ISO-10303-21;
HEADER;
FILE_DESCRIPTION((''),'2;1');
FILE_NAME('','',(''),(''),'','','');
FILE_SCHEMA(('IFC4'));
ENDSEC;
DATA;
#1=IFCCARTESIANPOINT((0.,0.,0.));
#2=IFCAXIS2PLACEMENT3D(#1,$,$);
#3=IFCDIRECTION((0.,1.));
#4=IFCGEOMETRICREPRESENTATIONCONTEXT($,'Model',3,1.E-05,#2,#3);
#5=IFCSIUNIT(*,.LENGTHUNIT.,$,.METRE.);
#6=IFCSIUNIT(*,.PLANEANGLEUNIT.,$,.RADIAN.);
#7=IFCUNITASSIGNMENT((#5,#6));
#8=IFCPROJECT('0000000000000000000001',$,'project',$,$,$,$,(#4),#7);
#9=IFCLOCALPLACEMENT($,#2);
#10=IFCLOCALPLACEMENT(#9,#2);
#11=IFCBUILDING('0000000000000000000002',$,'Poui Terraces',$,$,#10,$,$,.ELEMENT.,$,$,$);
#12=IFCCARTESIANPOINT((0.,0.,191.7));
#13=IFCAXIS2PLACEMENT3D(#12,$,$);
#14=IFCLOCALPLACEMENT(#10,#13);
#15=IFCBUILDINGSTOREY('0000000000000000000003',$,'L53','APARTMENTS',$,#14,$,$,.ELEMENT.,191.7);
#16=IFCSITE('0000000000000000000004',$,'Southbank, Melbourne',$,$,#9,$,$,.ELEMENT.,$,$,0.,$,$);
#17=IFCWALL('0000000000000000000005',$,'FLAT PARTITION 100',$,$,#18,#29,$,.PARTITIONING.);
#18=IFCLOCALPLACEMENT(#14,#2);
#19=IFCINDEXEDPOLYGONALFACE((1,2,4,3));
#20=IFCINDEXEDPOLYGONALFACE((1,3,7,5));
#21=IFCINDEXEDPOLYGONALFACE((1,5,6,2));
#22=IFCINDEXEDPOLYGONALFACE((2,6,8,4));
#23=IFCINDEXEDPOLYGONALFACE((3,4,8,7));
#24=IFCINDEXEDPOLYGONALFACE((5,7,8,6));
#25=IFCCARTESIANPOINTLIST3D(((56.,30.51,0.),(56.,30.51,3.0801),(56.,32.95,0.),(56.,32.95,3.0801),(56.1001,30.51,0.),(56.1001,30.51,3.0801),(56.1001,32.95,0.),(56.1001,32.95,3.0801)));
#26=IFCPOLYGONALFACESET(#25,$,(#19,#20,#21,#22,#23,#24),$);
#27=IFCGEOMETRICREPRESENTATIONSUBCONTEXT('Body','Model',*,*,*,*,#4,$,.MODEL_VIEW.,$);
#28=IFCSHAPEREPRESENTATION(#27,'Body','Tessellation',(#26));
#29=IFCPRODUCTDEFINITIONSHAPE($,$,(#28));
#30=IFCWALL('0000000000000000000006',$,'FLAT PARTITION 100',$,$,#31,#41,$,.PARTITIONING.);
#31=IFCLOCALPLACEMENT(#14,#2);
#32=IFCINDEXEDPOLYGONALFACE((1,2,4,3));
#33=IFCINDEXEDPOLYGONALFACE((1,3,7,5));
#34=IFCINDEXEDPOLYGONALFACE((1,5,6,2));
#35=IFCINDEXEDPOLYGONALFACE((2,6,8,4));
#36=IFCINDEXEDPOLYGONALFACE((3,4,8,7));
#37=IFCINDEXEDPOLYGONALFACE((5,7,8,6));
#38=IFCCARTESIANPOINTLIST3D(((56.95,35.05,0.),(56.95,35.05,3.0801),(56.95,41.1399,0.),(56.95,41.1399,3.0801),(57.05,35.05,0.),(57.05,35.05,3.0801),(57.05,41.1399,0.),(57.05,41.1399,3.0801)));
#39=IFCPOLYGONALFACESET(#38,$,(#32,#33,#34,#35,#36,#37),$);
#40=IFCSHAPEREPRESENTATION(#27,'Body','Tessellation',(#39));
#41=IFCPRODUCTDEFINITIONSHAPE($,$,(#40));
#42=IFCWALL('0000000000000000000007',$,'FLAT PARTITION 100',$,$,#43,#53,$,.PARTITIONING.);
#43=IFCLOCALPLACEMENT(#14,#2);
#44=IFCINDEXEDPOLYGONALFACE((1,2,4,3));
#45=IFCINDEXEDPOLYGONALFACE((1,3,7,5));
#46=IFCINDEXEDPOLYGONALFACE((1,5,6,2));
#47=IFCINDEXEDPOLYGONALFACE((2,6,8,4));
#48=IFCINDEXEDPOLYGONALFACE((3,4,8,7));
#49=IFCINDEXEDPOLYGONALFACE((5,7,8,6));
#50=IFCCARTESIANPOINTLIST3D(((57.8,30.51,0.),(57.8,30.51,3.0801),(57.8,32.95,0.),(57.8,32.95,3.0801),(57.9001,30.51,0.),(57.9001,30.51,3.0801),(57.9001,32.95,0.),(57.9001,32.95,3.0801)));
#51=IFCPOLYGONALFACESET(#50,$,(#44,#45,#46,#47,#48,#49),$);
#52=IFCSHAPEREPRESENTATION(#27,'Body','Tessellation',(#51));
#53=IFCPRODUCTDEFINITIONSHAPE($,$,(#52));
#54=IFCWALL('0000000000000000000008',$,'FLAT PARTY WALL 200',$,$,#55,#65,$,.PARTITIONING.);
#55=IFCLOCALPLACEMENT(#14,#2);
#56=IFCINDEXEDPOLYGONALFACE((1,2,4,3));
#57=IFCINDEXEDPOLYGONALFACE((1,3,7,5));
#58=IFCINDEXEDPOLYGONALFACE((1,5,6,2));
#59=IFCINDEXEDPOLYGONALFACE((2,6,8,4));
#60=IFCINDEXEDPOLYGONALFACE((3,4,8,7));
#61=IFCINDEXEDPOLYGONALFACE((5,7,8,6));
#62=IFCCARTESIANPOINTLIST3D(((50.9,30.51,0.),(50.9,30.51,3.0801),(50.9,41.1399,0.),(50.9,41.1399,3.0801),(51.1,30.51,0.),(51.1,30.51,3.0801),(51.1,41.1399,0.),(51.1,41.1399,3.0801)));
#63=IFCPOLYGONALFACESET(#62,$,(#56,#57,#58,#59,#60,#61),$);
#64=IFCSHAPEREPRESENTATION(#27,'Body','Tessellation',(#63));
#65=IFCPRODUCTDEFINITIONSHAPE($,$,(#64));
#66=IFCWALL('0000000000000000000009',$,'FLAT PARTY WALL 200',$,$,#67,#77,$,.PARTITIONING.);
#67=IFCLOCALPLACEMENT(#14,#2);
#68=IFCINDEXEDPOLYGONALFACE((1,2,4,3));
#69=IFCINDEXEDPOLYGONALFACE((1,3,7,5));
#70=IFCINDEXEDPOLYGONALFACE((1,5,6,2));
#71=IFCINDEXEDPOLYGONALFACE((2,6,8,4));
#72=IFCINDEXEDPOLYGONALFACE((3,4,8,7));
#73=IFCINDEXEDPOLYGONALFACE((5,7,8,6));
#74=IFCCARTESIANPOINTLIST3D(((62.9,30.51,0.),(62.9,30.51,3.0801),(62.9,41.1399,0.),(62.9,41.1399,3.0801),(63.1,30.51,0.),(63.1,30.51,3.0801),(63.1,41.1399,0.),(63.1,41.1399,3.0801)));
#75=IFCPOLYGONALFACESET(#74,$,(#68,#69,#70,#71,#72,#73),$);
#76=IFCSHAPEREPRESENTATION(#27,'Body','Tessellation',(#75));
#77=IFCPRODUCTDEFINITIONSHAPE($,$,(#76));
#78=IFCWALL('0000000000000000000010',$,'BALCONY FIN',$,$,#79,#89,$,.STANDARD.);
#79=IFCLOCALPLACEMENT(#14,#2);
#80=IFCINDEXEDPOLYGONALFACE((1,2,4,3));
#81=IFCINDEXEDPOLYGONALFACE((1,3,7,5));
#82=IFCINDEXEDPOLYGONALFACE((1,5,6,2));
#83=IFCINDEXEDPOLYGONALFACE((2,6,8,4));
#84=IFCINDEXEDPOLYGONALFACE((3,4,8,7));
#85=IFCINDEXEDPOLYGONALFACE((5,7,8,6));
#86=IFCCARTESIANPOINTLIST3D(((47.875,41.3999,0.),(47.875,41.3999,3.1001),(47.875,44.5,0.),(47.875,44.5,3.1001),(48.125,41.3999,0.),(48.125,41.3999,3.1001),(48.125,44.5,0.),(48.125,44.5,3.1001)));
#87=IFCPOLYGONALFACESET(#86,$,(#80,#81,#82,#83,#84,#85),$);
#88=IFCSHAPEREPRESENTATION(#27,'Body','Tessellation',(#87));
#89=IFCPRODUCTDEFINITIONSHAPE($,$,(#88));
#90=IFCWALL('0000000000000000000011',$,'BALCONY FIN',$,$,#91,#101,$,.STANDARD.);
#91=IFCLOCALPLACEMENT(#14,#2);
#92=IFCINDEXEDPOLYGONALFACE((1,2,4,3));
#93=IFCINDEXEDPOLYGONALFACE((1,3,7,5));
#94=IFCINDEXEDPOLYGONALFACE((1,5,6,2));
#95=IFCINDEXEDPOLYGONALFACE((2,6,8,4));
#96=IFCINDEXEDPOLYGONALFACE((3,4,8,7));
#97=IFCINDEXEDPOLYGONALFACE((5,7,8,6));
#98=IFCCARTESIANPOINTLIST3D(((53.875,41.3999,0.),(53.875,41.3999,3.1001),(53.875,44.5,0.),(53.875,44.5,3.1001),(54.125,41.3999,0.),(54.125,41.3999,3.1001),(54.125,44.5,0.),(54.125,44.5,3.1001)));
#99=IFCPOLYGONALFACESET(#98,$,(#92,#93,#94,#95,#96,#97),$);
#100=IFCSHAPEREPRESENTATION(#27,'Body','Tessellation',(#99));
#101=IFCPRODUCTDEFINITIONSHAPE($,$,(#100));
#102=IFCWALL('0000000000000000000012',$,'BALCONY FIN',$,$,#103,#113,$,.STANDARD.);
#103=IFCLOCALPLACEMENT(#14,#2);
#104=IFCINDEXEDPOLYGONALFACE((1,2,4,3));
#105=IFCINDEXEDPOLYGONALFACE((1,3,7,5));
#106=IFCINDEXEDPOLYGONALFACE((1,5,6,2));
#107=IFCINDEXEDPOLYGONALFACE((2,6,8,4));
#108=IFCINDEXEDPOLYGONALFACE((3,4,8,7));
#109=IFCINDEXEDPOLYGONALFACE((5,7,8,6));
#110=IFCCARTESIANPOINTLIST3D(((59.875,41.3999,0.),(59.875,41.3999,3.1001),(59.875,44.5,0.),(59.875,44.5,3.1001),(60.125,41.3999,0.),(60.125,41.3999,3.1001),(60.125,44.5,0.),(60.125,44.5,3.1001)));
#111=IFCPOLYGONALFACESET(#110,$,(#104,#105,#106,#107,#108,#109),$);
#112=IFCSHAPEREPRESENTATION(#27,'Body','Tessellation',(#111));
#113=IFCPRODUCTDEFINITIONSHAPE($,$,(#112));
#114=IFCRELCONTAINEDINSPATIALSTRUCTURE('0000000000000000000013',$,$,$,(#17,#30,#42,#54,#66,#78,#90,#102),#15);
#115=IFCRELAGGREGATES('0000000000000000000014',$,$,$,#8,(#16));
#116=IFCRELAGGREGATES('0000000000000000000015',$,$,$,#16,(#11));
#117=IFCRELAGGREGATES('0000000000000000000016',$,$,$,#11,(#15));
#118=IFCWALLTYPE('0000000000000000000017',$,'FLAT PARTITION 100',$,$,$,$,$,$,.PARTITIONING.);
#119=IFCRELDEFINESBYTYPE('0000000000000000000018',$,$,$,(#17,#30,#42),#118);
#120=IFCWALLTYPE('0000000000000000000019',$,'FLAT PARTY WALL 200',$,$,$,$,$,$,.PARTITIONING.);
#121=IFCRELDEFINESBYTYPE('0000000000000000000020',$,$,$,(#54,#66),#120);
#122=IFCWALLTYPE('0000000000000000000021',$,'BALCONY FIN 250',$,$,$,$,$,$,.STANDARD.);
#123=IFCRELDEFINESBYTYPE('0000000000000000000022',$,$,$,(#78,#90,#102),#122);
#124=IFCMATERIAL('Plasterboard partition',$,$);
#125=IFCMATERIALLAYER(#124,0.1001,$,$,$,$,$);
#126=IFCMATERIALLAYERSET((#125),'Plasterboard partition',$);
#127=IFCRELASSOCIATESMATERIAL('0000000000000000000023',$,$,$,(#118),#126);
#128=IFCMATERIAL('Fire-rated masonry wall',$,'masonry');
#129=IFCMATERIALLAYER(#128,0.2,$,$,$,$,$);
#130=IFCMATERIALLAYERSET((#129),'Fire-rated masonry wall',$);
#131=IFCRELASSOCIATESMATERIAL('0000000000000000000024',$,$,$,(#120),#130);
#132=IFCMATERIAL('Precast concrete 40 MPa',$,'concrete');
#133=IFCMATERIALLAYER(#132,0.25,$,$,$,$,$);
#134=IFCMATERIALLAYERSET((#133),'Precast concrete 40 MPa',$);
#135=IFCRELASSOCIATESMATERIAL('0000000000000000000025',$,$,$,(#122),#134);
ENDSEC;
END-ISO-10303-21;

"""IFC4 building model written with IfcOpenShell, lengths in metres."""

from ifc_helpers import new_model, si_unit, direction, frame, frame_2d, origin, place, context, subcontext, project, spatial, polyline, rectangle, outline, extrude, source, transform, mapped, material, layer, layer_set, type_object, element, save


model = new_model("IFC4")

# Units and contexts
model_context = context("Model", 3, precision=1e-05, world=origin(), true_north=direction((0.0, 1.0)))
body_context = subcontext(model_context, "Body", "Model", "MODEL_VIEW")
ifc_project = project(units=[si_unit("LENGTHUNIT", "METRE"), si_unit("PLANEANGLEUNIT", "RADIAN")], contexts=[model_context])

# Site, building, storey
site_placement = place(None, origin())
site = spatial("IfcSite", under=ifc_project, at=site_placement, Name="Southbank, Melbourne", CompositionType="ELEMENT", RefElevation=0.0)
building_placement = place(site_placement, origin())
building = spatial("IfcBuilding", under=site, at=building_placement, Name="Poui Terraces", CompositionType="ELEMENT")
storey_placement = place(building_placement, frame((0.0, 0.0, 191.7)))
storey = spatial("IfcBuildingStorey", under=building, at=storey_placement, Name="L53", Description="APARTMENTS", CompositionType="ELEMENT", Elevation=191.7)

# Shared definitions
ifc_material_1 = material(Name="Plasterboard partition")
ifc_layer_1 = layer(ifc_material_1, 0.1001)
ifc_layer_set_1 = layer_set([ifc_layer_1], Name="Plasterboard partition")
wall_type_1 = type_object("IfcWallType", Name="FLAT PARTITION 100", PredefinedType="PARTITIONING", material=ifc_layer_set_1)

# Walls
for number, where, z_axis, x_axis, name in (
    (1, (56.05, 30.51, 0.0), (0.0, 0.0, 1.0), (0.0, 1.0, 0.0), "FLAT PARTITION 100"),
):
    element("IfcWall", number, at=place(storey_placement, frame(where, z_axis=z_axis, x_axis=x_axis)), inside=storey, type_object=wall_type_1, Name=name, PredefinedType="PARTITIONING", context=body_context, shape_type="SweptSolid", body=[
        extrude(rectangle(XDim=2.4399, YDim=0.1001, at=frame_2d((1.22, 0.0))), origin(), (0.0, 0.0, 1.0), 3.0801),
    ])
wall_1_placement = place(storey_placement, frame((57.0, 35.05, 0.0), z_axis=(0.0, 0.0, 1.0), x_axis=(0.0, 1.0, 0.0)))
element("IfcWall", 2, at=wall_1_placement, inside=storey, type_object=wall_type_1, Name="FLAT PARTITION 100", PredefinedType="PARTITIONING", context=body_context, shape_type="SweptSolid", body=[
    extrude(rectangle(XDim=6.0898, YDim=0.1001, at=frame_2d((3.0449, 0.0))), origin(), (0.0, 0.0, 1.0), 3.0801),
])
wall_2_placement = place(storey_placement, frame((57.8501, 30.51, 0.0), z_axis=(0.0, 0.0, 1.0), x_axis=(0.0, 1.0, 0.0)))
element("IfcWall", 3, at=wall_2_placement, inside=storey, type_object=wall_type_1, Name="FLAT PARTITION 100", PredefinedType="PARTITIONING", context=body_context, shape_type="SweptSolid", body=[
    extrude(rectangle(XDim=2.4399, YDim=0.1001, at=frame_2d((1.22, 0.0))), origin(), (0.0, 0.0, 1.0), 3.0801),
])
ifc_material_2 = material(Name="Fire-rated masonry wall", Category="masonry")
ifc_layer_2 = layer(ifc_material_2, 0.2)
ifc_layer_set_2 = layer_set([ifc_layer_2], Name="Fire-rated masonry wall")
wall_type_2 = type_object("IfcWallType", Name="FLAT PARTY WALL 200", PredefinedType="PARTITIONING", material=ifc_layer_set_2)
for number, where, z_axis, x_axis, name in (
    (4, (51.0, 30.51, 0.0), (0.0, 0.0, 1.0), (0.0, 1.0, 0.0), "FLAT PARTY WALL 200"),
    (5, (63.0, 30.51, 0.0), (0.0, 0.0, 1.0), (0.0, 1.0, 0.0), "FLAT PARTY WALL 200"),
):
    element("IfcWall", number, at=place(storey_placement, frame(where, z_axis=z_axis, x_axis=x_axis)), inside=storey, type_object=wall_type_2, Name=name, PredefinedType="PARTITIONING", context=body_context, shape_type="SweptSolid", body=[
        extrude(rectangle(XDim=10.6299, YDim=0.2, at=frame_2d((5.3149, 0.0))), origin(), (0.0, 0.0, 1.0), 3.0801),
    ])
ifc_material_3 = material(Name="Precast concrete 40 MPa", Category="concrete")
ifc_layer_3 = layer(ifc_material_3, 0.25)
ifc_layer_set_3 = layer_set([ifc_layer_3], Name="Precast concrete 40 MPa")
wall_type_3 = type_object("IfcWallType", Name="BALCONY FIN 250", PredefinedType="STANDARD", material=ifc_layer_set_3)
shared_shape_1 = source(origin(), body_context, "Body", "SweptSolid", [
    extrude(outline(polyline([(0.0, 0.0), (0.25, 0.0), (0.25, 3.1001), (0.0, 3.1001), (0.0, 0.0)])), origin(), (0.0, 0.0, 1.0), 3.1001),
])
for number, where, name in (
    (6, (47.875, 41.3999, 0.0), "BALCONY FIN"),
    (7, (53.875, 41.3999, 0.0), "BALCONY FIN"),
    (8, (59.875, 41.3999, 0.0), "BALCONY FIN"),
):
    element("IfcWall", number, at=place(storey_placement, frame(where)), inside=storey, type_object=wall_type_3, Name=name, PredefinedType="STANDARD", context=body_context, shape_type="MappedRepresentation", body=[
        mapped(shared_shape_1, transform((0.0, 0.0, 0.0))),
    ])

save(model, "model.ifc")
